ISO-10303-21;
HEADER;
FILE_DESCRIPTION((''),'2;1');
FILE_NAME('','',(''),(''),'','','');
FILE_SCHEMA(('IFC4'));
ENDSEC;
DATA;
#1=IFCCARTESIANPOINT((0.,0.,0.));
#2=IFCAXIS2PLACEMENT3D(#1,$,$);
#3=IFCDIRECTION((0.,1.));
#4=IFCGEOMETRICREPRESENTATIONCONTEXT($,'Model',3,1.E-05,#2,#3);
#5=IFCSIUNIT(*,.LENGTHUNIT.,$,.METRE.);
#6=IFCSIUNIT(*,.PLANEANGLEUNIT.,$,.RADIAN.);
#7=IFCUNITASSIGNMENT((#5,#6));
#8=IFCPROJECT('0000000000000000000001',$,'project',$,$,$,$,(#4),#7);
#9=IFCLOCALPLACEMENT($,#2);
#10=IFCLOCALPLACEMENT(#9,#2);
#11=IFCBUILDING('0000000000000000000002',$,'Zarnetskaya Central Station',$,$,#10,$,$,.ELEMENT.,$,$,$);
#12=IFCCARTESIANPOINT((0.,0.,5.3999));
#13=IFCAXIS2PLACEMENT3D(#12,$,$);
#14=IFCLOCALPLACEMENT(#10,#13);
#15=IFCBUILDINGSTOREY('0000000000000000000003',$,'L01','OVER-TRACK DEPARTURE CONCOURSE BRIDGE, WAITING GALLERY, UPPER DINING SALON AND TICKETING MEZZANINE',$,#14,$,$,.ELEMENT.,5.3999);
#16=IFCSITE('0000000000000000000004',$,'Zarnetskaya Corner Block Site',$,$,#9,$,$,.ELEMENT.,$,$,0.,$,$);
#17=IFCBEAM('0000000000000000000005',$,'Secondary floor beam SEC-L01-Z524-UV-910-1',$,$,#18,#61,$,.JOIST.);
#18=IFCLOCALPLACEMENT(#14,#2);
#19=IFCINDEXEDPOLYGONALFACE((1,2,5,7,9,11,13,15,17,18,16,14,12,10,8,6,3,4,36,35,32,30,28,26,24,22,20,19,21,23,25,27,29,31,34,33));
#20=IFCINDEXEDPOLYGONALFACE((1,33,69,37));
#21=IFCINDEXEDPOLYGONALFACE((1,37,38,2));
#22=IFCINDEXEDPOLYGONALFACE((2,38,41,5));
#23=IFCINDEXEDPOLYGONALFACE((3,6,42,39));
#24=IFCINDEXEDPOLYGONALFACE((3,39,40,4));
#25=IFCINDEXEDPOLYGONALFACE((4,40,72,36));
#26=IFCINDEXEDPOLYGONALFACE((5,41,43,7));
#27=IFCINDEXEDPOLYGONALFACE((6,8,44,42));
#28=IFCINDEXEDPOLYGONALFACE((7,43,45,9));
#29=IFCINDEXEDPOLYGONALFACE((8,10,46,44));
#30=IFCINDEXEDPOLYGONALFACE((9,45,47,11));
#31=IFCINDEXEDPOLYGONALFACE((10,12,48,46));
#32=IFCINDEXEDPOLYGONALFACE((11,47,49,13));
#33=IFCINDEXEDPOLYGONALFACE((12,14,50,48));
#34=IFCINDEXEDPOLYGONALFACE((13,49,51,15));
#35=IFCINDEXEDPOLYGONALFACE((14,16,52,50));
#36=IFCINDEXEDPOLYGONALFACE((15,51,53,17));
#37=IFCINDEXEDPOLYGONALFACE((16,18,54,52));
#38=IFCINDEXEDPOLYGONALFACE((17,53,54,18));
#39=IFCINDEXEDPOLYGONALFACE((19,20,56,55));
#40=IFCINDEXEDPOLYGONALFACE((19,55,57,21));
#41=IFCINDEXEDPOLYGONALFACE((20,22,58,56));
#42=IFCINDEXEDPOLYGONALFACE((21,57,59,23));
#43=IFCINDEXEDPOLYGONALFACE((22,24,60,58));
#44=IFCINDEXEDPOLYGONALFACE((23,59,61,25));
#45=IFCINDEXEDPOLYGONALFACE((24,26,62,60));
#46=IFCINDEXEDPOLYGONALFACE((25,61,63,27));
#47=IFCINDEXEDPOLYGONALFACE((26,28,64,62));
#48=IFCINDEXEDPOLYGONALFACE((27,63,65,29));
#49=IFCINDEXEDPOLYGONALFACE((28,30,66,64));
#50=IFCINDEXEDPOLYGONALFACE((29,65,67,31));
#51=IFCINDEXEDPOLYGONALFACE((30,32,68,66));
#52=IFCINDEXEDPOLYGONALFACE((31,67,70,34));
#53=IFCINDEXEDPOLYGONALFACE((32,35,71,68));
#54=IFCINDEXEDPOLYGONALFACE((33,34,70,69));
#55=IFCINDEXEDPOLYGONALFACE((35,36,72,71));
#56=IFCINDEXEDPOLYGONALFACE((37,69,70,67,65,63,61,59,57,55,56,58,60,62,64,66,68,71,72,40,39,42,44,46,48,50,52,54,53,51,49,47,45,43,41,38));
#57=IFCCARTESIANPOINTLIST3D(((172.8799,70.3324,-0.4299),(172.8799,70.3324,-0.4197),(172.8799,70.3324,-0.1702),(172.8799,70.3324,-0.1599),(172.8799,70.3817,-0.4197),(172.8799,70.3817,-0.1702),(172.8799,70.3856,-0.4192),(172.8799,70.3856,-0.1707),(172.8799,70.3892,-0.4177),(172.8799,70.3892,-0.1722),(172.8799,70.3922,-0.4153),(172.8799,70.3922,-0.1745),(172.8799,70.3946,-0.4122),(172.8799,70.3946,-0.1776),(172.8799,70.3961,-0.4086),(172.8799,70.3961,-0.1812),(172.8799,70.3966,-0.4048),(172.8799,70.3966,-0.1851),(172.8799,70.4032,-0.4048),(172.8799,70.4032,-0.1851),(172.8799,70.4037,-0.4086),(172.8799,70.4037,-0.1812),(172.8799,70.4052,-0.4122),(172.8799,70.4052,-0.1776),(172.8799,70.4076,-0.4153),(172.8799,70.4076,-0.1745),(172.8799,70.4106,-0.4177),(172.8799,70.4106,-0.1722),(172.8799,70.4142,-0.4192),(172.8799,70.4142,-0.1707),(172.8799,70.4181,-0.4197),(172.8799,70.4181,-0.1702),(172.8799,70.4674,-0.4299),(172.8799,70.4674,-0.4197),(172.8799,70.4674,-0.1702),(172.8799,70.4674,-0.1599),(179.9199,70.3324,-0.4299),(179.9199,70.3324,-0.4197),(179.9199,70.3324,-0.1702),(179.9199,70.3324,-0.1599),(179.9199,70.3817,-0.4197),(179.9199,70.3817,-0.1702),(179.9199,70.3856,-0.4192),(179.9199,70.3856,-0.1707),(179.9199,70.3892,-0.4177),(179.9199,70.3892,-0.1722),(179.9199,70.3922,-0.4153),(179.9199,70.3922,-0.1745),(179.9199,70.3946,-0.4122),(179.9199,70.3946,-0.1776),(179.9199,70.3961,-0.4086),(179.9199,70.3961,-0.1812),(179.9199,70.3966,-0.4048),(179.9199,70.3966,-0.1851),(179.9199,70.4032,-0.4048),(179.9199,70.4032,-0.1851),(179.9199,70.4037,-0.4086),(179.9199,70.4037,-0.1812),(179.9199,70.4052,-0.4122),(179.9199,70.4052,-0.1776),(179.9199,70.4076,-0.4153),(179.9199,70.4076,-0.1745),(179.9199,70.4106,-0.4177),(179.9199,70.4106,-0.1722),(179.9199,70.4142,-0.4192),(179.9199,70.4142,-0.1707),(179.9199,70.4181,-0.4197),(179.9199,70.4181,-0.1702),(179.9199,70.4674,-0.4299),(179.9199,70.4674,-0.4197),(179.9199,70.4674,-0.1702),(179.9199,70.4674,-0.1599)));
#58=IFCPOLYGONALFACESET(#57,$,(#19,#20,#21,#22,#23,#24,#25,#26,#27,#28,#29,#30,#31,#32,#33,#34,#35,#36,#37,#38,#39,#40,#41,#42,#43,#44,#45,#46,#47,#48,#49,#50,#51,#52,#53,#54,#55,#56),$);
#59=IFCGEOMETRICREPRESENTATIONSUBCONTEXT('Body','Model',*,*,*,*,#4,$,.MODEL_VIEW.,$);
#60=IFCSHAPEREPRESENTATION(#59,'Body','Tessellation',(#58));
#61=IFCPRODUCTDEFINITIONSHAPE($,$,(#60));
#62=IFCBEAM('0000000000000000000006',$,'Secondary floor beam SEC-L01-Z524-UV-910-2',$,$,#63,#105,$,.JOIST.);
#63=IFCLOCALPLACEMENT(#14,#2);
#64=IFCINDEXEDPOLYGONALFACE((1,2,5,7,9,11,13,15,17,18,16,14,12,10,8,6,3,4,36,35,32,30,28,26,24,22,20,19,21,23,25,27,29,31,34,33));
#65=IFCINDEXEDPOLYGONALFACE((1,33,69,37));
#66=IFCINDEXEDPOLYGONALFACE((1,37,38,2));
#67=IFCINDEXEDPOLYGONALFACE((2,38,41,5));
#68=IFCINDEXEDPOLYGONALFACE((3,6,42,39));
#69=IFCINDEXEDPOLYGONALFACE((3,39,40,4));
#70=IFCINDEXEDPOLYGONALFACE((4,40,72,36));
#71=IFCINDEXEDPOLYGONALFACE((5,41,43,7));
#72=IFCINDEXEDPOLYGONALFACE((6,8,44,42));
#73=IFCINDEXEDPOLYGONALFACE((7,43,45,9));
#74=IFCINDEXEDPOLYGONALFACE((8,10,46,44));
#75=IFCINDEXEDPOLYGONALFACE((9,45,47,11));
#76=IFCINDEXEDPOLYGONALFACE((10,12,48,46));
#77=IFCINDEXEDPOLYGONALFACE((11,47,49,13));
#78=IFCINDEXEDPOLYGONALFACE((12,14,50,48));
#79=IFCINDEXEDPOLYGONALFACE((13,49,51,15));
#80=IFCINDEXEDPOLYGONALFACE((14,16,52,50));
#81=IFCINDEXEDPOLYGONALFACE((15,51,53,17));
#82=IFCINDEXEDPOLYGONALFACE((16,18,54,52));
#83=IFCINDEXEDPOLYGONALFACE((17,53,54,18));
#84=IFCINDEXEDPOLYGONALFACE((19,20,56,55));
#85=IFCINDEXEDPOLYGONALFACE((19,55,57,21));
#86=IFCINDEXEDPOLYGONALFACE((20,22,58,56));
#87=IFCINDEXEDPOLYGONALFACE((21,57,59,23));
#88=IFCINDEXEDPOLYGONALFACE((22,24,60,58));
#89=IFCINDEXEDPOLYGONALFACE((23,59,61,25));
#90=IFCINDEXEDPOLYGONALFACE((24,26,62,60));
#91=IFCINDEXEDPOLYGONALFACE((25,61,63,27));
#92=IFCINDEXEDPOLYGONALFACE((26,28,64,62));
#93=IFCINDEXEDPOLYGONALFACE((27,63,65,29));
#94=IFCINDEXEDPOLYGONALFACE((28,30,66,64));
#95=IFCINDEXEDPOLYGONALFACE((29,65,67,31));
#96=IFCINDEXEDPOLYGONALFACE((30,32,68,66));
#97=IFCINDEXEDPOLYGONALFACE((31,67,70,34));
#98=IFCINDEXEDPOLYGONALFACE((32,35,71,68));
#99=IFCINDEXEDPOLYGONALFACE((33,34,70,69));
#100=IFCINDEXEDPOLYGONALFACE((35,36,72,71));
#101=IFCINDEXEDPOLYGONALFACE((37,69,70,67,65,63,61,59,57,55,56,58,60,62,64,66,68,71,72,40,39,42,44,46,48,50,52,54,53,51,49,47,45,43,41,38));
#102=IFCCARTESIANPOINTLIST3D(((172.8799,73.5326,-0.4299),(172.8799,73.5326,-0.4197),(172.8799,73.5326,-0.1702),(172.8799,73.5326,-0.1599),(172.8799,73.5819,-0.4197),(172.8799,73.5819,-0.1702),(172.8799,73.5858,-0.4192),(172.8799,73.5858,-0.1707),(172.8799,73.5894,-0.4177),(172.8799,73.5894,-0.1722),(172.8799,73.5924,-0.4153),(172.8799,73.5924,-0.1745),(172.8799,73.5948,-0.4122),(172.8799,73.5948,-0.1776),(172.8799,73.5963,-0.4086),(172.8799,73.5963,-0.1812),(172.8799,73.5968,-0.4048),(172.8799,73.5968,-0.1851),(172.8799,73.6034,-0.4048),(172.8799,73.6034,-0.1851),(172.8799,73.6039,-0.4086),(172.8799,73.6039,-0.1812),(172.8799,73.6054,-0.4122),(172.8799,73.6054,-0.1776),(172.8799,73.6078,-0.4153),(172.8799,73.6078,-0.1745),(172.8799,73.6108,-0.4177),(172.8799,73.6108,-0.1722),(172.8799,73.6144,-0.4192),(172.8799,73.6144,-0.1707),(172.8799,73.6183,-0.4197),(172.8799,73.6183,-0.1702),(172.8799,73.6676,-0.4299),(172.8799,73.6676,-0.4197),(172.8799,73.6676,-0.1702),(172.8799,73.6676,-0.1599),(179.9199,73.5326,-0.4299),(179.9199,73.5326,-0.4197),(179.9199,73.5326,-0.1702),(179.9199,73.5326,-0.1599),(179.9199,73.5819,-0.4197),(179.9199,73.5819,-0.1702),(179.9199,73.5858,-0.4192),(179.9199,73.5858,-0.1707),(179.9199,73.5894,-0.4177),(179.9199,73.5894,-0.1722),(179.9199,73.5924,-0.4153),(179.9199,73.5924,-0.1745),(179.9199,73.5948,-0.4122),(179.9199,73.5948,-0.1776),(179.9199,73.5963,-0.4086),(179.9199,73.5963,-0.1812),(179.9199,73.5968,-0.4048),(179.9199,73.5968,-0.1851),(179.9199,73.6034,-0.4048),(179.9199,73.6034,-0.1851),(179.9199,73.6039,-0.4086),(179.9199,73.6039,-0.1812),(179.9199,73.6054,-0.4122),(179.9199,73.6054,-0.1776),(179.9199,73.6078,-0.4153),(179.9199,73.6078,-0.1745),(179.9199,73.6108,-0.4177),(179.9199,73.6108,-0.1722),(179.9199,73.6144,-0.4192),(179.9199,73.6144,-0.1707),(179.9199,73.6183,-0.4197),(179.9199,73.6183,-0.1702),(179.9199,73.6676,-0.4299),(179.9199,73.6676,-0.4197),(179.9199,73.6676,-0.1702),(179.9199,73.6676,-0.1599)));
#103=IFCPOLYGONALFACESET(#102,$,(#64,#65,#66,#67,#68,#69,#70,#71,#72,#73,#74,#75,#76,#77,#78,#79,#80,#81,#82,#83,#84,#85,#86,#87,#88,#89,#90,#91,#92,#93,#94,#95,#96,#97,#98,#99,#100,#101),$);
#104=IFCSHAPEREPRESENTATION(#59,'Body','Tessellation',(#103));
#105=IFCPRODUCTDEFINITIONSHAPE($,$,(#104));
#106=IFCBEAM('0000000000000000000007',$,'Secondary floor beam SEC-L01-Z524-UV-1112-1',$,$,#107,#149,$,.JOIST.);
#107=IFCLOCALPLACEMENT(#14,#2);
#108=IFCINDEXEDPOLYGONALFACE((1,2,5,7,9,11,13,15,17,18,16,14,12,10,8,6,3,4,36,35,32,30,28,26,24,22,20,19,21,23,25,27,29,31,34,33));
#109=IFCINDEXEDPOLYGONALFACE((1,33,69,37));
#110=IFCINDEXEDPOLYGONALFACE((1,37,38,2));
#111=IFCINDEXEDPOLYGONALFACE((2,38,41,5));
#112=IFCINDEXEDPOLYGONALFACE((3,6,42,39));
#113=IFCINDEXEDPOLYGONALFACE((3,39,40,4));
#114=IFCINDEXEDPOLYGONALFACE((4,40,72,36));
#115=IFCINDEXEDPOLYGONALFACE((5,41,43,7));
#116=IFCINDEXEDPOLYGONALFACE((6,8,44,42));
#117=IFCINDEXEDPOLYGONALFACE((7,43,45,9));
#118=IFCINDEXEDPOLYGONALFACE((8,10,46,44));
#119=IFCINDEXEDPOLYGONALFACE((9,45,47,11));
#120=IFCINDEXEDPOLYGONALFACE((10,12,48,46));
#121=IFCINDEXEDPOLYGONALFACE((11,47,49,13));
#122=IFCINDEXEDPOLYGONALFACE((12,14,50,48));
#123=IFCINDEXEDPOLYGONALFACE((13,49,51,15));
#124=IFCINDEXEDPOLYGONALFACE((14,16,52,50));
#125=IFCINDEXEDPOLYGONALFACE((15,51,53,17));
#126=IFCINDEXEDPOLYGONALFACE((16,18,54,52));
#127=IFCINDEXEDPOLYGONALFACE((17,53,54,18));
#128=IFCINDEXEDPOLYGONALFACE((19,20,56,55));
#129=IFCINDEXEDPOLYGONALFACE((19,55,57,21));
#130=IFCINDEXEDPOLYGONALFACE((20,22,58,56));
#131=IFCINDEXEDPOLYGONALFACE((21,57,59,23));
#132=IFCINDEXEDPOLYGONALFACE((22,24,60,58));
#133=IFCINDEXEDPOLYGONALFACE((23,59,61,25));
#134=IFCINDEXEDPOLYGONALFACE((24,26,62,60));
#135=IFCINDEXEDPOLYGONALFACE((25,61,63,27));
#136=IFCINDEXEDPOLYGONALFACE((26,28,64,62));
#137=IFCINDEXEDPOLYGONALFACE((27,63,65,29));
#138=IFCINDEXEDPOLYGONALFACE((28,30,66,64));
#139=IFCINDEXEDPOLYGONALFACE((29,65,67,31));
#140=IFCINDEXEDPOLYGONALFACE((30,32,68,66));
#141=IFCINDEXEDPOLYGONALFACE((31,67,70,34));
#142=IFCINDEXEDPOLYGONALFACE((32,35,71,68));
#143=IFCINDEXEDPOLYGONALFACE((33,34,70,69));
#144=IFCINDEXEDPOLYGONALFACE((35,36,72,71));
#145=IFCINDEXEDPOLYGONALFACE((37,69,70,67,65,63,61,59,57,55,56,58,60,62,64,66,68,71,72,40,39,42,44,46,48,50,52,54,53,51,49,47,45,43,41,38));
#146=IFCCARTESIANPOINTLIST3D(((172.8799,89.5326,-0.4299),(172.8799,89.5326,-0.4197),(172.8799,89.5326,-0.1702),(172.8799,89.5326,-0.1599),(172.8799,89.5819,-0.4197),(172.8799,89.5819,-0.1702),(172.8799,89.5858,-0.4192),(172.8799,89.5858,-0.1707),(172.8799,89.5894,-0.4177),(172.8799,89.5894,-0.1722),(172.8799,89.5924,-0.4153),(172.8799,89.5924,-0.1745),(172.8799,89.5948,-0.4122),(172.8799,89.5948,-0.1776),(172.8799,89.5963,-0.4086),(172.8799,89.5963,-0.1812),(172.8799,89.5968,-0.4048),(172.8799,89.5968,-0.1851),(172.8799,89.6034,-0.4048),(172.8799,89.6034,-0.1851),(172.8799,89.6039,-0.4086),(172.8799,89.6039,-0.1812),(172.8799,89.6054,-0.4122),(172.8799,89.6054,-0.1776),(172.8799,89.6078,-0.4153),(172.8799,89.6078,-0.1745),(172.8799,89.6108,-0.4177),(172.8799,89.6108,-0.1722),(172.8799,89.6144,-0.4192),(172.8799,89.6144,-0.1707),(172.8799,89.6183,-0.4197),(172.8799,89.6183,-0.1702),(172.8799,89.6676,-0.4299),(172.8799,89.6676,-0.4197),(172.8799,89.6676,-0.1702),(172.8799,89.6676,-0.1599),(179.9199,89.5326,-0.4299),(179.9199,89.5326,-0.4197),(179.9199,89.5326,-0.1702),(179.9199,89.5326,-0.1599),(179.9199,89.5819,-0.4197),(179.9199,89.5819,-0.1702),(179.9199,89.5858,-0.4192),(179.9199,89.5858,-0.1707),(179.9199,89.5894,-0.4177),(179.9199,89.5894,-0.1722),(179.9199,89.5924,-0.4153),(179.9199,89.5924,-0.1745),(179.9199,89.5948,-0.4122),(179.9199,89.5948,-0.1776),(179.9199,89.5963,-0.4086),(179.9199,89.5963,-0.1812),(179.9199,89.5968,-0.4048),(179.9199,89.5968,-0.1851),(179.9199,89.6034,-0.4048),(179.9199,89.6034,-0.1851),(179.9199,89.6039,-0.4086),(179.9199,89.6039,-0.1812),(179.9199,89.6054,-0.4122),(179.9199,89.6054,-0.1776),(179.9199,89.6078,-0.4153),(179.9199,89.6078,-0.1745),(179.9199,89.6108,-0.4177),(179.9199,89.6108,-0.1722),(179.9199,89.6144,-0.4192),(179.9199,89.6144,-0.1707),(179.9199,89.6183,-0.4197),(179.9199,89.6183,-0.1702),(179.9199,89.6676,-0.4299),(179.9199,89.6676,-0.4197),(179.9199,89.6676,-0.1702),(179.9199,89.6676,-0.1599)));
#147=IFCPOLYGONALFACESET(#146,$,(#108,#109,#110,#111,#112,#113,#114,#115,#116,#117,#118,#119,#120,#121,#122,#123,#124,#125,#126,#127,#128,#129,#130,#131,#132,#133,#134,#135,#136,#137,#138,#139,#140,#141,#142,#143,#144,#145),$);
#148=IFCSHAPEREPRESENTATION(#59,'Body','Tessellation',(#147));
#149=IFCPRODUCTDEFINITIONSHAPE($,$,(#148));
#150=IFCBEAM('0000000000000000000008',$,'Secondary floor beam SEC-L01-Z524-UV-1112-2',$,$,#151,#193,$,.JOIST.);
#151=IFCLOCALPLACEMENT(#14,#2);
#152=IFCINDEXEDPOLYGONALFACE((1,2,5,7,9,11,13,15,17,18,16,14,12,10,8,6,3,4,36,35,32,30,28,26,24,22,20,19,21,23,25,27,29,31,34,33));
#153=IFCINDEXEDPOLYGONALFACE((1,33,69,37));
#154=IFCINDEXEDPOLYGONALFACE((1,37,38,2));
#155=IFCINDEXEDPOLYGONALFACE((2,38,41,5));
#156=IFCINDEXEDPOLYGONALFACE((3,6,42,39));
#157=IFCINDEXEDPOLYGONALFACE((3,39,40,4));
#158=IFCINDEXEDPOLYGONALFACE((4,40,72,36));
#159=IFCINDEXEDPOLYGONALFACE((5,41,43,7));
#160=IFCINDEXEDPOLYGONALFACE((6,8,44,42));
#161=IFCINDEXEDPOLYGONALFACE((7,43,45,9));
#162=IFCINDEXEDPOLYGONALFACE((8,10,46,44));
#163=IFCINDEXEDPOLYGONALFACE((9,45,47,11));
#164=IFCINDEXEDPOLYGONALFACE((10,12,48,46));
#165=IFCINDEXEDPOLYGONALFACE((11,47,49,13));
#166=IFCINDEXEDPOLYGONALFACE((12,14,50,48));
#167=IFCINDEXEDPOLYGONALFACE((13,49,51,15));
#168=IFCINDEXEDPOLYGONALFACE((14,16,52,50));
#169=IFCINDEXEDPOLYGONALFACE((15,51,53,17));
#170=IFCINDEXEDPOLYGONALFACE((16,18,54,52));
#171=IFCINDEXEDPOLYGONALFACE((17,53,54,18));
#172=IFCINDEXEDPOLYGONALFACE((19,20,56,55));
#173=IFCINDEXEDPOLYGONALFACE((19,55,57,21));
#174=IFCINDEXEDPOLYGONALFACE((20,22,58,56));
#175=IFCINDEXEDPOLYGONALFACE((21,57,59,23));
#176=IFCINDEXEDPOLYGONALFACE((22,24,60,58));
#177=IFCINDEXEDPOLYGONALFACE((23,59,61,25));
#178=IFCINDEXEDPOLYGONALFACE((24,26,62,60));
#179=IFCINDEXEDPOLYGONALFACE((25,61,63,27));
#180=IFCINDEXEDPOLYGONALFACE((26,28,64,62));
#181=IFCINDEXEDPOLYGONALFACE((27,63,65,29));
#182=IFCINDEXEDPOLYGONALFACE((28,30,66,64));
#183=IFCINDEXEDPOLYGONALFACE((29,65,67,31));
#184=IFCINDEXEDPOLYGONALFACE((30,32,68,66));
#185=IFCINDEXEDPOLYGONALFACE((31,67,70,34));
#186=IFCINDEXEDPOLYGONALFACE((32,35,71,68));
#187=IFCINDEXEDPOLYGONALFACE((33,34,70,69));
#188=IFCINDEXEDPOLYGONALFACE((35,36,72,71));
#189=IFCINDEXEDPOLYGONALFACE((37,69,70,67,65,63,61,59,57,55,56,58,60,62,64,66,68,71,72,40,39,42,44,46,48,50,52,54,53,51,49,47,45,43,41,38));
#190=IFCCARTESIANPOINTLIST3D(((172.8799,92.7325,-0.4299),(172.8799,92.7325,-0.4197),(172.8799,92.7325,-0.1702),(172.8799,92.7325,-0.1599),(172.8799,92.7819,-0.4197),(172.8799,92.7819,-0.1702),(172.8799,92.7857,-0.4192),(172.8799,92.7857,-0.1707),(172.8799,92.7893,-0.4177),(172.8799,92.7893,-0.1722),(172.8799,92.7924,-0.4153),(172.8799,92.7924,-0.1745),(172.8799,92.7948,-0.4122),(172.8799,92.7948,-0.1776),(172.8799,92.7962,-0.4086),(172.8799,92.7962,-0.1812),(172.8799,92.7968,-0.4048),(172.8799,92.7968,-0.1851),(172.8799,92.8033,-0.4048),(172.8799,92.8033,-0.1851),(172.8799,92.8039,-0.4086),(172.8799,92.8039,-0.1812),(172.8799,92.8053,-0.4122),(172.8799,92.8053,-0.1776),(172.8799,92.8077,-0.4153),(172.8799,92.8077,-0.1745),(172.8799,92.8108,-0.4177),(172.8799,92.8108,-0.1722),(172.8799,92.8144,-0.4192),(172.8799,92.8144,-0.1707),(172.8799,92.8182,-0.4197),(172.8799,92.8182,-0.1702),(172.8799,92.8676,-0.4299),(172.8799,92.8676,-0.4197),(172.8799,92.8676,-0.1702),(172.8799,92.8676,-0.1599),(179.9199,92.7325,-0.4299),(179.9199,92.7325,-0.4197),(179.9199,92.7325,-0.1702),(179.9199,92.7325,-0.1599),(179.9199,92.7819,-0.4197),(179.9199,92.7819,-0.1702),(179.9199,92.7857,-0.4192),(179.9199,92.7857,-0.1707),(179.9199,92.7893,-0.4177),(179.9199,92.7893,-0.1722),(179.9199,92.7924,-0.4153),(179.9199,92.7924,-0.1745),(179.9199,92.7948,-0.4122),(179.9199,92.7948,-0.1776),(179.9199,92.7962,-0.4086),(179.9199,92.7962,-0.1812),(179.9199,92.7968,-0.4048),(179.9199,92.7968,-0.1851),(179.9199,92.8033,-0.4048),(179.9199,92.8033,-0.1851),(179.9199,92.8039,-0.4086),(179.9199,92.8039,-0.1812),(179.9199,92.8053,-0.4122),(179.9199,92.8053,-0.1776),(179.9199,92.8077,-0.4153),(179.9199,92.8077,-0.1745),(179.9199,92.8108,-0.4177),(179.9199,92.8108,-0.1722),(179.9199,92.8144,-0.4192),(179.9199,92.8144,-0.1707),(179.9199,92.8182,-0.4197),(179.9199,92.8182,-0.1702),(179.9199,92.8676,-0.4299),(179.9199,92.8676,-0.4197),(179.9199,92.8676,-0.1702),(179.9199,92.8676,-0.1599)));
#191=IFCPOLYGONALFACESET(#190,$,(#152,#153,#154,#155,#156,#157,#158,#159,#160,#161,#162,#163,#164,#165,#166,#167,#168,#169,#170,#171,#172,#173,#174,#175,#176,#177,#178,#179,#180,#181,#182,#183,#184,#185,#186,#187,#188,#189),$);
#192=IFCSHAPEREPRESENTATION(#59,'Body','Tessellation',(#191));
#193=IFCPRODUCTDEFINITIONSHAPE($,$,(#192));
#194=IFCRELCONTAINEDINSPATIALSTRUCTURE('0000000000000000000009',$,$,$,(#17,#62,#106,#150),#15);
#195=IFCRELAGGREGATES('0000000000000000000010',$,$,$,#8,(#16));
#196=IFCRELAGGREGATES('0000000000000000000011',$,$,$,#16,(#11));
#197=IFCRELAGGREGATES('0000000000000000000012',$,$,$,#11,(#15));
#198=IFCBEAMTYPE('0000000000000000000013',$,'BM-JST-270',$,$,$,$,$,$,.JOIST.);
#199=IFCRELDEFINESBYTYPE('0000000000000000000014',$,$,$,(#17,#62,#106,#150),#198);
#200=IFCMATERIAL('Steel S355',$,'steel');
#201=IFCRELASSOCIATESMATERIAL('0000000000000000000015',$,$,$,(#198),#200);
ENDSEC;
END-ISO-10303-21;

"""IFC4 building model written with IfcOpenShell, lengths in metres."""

from ifc_helpers import new_model, si_unit, direction, frame, origin, origin_2d, place, context, subcontext, project, spatial, i_section, extrude, material, material_profile, profile_set, type_object, element, save


model = new_model("IFC4")

# Units and contexts
model_context = context("Model", 3, precision=1e-05, world=origin(), true_north=direction((0.0, 1.0)))
body_context = subcontext(model_context, "Body", "Model", "MODEL_VIEW")
ifc_project = project(units=[si_unit("LENGTHUNIT", "METRE"), si_unit("PLANEANGLEUNIT", "RADIAN")], contexts=[model_context])

# Site, building, storey
site_placement = place(None, origin())
site = spatial("IfcSite", under=ifc_project, at=site_placement, Name="Zarnetskaya Corner Block Site", CompositionType="ELEMENT", RefElevation=0.0)
building_placement = place(site_placement, origin())
building = spatial("IfcBuilding", under=site, at=building_placement, Name="Zarnetskaya Central Station", CompositionType="ELEMENT")
storey_placement = place(building_placement, frame((0.0, 0.0, 5.3999)))
storey = spatial("IfcBuildingStorey", under=building, at=storey_placement, Name="L01", Description="OVER-TRACK DEPARTURE CONCOURSE BRIDGE, WAITING GALLERY, UPPER DINING SALON AND TICKETING MEZZANINE", CompositionType="ELEMENT", Elevation=5.3999)

# Beams
ifc_material = material(Name="Steel S355", Category="steel")
ifc_material_profile_1 = material_profile(ifc_material, i_section(OverallWidth=0.135, OverallDepth=0.27, WebThickness=0.0066, FlangeThickness=0.0103, FilletRadius=0.0149, at=origin_2d()), Name="IPE 270")
ifc_profile_set_1 = profile_set([ifc_material_profile_1], Name="Steel S355")
beam_type_1 = type_object("IfcBeamType", Name="BM-JST-270", PredefinedType="JOIST", material=ifc_profile_set_1)
for number, where, z_axis, x_axis, name in (
    (1, (172.8799, 70.3999, -0.2949), (1.0, 0.0, 0.0), (0.0, 1.0, 0.0), "Secondary floor beam SEC-L01-Z524-UV-910-1"),
    (2, (172.8799, 73.6001, -0.2949), (1.0, 0.0, 0.0), (0.0, 1.0, 0.0), "Secondary floor beam SEC-L01-Z524-UV-910-2"),
    (3, (172.8799, 89.6001, -0.2949), (1.0, 0.0, 0.0), (0.0, 1.0, 0.0), "Secondary floor beam SEC-L01-Z524-UV-1112-1"),
    (4, (172.8799, 92.8, -0.2949), (1.0, 0.0, 0.0), (0.0, 1.0, 0.0), "Secondary floor beam SEC-L01-Z524-UV-1112-2"),
):
    element("IfcBeam", number, at=place(storey_placement, frame(where, z_axis=z_axis, x_axis=x_axis)), inside=storey, type_object=beam_type_1, Name=name, PredefinedType="JOIST", context=body_context, shape_type="SweptSolid", body=[
        extrude(i_section(OverallWidth=0.135, OverallDepth=0.27, WebThickness=0.0066, FlangeThickness=0.0103, FilletRadius=0.0149, at=origin_2d()), origin(), (0.0, 0.0, 1.0), 7.04),
    ])

save(model, "model.ifc")
